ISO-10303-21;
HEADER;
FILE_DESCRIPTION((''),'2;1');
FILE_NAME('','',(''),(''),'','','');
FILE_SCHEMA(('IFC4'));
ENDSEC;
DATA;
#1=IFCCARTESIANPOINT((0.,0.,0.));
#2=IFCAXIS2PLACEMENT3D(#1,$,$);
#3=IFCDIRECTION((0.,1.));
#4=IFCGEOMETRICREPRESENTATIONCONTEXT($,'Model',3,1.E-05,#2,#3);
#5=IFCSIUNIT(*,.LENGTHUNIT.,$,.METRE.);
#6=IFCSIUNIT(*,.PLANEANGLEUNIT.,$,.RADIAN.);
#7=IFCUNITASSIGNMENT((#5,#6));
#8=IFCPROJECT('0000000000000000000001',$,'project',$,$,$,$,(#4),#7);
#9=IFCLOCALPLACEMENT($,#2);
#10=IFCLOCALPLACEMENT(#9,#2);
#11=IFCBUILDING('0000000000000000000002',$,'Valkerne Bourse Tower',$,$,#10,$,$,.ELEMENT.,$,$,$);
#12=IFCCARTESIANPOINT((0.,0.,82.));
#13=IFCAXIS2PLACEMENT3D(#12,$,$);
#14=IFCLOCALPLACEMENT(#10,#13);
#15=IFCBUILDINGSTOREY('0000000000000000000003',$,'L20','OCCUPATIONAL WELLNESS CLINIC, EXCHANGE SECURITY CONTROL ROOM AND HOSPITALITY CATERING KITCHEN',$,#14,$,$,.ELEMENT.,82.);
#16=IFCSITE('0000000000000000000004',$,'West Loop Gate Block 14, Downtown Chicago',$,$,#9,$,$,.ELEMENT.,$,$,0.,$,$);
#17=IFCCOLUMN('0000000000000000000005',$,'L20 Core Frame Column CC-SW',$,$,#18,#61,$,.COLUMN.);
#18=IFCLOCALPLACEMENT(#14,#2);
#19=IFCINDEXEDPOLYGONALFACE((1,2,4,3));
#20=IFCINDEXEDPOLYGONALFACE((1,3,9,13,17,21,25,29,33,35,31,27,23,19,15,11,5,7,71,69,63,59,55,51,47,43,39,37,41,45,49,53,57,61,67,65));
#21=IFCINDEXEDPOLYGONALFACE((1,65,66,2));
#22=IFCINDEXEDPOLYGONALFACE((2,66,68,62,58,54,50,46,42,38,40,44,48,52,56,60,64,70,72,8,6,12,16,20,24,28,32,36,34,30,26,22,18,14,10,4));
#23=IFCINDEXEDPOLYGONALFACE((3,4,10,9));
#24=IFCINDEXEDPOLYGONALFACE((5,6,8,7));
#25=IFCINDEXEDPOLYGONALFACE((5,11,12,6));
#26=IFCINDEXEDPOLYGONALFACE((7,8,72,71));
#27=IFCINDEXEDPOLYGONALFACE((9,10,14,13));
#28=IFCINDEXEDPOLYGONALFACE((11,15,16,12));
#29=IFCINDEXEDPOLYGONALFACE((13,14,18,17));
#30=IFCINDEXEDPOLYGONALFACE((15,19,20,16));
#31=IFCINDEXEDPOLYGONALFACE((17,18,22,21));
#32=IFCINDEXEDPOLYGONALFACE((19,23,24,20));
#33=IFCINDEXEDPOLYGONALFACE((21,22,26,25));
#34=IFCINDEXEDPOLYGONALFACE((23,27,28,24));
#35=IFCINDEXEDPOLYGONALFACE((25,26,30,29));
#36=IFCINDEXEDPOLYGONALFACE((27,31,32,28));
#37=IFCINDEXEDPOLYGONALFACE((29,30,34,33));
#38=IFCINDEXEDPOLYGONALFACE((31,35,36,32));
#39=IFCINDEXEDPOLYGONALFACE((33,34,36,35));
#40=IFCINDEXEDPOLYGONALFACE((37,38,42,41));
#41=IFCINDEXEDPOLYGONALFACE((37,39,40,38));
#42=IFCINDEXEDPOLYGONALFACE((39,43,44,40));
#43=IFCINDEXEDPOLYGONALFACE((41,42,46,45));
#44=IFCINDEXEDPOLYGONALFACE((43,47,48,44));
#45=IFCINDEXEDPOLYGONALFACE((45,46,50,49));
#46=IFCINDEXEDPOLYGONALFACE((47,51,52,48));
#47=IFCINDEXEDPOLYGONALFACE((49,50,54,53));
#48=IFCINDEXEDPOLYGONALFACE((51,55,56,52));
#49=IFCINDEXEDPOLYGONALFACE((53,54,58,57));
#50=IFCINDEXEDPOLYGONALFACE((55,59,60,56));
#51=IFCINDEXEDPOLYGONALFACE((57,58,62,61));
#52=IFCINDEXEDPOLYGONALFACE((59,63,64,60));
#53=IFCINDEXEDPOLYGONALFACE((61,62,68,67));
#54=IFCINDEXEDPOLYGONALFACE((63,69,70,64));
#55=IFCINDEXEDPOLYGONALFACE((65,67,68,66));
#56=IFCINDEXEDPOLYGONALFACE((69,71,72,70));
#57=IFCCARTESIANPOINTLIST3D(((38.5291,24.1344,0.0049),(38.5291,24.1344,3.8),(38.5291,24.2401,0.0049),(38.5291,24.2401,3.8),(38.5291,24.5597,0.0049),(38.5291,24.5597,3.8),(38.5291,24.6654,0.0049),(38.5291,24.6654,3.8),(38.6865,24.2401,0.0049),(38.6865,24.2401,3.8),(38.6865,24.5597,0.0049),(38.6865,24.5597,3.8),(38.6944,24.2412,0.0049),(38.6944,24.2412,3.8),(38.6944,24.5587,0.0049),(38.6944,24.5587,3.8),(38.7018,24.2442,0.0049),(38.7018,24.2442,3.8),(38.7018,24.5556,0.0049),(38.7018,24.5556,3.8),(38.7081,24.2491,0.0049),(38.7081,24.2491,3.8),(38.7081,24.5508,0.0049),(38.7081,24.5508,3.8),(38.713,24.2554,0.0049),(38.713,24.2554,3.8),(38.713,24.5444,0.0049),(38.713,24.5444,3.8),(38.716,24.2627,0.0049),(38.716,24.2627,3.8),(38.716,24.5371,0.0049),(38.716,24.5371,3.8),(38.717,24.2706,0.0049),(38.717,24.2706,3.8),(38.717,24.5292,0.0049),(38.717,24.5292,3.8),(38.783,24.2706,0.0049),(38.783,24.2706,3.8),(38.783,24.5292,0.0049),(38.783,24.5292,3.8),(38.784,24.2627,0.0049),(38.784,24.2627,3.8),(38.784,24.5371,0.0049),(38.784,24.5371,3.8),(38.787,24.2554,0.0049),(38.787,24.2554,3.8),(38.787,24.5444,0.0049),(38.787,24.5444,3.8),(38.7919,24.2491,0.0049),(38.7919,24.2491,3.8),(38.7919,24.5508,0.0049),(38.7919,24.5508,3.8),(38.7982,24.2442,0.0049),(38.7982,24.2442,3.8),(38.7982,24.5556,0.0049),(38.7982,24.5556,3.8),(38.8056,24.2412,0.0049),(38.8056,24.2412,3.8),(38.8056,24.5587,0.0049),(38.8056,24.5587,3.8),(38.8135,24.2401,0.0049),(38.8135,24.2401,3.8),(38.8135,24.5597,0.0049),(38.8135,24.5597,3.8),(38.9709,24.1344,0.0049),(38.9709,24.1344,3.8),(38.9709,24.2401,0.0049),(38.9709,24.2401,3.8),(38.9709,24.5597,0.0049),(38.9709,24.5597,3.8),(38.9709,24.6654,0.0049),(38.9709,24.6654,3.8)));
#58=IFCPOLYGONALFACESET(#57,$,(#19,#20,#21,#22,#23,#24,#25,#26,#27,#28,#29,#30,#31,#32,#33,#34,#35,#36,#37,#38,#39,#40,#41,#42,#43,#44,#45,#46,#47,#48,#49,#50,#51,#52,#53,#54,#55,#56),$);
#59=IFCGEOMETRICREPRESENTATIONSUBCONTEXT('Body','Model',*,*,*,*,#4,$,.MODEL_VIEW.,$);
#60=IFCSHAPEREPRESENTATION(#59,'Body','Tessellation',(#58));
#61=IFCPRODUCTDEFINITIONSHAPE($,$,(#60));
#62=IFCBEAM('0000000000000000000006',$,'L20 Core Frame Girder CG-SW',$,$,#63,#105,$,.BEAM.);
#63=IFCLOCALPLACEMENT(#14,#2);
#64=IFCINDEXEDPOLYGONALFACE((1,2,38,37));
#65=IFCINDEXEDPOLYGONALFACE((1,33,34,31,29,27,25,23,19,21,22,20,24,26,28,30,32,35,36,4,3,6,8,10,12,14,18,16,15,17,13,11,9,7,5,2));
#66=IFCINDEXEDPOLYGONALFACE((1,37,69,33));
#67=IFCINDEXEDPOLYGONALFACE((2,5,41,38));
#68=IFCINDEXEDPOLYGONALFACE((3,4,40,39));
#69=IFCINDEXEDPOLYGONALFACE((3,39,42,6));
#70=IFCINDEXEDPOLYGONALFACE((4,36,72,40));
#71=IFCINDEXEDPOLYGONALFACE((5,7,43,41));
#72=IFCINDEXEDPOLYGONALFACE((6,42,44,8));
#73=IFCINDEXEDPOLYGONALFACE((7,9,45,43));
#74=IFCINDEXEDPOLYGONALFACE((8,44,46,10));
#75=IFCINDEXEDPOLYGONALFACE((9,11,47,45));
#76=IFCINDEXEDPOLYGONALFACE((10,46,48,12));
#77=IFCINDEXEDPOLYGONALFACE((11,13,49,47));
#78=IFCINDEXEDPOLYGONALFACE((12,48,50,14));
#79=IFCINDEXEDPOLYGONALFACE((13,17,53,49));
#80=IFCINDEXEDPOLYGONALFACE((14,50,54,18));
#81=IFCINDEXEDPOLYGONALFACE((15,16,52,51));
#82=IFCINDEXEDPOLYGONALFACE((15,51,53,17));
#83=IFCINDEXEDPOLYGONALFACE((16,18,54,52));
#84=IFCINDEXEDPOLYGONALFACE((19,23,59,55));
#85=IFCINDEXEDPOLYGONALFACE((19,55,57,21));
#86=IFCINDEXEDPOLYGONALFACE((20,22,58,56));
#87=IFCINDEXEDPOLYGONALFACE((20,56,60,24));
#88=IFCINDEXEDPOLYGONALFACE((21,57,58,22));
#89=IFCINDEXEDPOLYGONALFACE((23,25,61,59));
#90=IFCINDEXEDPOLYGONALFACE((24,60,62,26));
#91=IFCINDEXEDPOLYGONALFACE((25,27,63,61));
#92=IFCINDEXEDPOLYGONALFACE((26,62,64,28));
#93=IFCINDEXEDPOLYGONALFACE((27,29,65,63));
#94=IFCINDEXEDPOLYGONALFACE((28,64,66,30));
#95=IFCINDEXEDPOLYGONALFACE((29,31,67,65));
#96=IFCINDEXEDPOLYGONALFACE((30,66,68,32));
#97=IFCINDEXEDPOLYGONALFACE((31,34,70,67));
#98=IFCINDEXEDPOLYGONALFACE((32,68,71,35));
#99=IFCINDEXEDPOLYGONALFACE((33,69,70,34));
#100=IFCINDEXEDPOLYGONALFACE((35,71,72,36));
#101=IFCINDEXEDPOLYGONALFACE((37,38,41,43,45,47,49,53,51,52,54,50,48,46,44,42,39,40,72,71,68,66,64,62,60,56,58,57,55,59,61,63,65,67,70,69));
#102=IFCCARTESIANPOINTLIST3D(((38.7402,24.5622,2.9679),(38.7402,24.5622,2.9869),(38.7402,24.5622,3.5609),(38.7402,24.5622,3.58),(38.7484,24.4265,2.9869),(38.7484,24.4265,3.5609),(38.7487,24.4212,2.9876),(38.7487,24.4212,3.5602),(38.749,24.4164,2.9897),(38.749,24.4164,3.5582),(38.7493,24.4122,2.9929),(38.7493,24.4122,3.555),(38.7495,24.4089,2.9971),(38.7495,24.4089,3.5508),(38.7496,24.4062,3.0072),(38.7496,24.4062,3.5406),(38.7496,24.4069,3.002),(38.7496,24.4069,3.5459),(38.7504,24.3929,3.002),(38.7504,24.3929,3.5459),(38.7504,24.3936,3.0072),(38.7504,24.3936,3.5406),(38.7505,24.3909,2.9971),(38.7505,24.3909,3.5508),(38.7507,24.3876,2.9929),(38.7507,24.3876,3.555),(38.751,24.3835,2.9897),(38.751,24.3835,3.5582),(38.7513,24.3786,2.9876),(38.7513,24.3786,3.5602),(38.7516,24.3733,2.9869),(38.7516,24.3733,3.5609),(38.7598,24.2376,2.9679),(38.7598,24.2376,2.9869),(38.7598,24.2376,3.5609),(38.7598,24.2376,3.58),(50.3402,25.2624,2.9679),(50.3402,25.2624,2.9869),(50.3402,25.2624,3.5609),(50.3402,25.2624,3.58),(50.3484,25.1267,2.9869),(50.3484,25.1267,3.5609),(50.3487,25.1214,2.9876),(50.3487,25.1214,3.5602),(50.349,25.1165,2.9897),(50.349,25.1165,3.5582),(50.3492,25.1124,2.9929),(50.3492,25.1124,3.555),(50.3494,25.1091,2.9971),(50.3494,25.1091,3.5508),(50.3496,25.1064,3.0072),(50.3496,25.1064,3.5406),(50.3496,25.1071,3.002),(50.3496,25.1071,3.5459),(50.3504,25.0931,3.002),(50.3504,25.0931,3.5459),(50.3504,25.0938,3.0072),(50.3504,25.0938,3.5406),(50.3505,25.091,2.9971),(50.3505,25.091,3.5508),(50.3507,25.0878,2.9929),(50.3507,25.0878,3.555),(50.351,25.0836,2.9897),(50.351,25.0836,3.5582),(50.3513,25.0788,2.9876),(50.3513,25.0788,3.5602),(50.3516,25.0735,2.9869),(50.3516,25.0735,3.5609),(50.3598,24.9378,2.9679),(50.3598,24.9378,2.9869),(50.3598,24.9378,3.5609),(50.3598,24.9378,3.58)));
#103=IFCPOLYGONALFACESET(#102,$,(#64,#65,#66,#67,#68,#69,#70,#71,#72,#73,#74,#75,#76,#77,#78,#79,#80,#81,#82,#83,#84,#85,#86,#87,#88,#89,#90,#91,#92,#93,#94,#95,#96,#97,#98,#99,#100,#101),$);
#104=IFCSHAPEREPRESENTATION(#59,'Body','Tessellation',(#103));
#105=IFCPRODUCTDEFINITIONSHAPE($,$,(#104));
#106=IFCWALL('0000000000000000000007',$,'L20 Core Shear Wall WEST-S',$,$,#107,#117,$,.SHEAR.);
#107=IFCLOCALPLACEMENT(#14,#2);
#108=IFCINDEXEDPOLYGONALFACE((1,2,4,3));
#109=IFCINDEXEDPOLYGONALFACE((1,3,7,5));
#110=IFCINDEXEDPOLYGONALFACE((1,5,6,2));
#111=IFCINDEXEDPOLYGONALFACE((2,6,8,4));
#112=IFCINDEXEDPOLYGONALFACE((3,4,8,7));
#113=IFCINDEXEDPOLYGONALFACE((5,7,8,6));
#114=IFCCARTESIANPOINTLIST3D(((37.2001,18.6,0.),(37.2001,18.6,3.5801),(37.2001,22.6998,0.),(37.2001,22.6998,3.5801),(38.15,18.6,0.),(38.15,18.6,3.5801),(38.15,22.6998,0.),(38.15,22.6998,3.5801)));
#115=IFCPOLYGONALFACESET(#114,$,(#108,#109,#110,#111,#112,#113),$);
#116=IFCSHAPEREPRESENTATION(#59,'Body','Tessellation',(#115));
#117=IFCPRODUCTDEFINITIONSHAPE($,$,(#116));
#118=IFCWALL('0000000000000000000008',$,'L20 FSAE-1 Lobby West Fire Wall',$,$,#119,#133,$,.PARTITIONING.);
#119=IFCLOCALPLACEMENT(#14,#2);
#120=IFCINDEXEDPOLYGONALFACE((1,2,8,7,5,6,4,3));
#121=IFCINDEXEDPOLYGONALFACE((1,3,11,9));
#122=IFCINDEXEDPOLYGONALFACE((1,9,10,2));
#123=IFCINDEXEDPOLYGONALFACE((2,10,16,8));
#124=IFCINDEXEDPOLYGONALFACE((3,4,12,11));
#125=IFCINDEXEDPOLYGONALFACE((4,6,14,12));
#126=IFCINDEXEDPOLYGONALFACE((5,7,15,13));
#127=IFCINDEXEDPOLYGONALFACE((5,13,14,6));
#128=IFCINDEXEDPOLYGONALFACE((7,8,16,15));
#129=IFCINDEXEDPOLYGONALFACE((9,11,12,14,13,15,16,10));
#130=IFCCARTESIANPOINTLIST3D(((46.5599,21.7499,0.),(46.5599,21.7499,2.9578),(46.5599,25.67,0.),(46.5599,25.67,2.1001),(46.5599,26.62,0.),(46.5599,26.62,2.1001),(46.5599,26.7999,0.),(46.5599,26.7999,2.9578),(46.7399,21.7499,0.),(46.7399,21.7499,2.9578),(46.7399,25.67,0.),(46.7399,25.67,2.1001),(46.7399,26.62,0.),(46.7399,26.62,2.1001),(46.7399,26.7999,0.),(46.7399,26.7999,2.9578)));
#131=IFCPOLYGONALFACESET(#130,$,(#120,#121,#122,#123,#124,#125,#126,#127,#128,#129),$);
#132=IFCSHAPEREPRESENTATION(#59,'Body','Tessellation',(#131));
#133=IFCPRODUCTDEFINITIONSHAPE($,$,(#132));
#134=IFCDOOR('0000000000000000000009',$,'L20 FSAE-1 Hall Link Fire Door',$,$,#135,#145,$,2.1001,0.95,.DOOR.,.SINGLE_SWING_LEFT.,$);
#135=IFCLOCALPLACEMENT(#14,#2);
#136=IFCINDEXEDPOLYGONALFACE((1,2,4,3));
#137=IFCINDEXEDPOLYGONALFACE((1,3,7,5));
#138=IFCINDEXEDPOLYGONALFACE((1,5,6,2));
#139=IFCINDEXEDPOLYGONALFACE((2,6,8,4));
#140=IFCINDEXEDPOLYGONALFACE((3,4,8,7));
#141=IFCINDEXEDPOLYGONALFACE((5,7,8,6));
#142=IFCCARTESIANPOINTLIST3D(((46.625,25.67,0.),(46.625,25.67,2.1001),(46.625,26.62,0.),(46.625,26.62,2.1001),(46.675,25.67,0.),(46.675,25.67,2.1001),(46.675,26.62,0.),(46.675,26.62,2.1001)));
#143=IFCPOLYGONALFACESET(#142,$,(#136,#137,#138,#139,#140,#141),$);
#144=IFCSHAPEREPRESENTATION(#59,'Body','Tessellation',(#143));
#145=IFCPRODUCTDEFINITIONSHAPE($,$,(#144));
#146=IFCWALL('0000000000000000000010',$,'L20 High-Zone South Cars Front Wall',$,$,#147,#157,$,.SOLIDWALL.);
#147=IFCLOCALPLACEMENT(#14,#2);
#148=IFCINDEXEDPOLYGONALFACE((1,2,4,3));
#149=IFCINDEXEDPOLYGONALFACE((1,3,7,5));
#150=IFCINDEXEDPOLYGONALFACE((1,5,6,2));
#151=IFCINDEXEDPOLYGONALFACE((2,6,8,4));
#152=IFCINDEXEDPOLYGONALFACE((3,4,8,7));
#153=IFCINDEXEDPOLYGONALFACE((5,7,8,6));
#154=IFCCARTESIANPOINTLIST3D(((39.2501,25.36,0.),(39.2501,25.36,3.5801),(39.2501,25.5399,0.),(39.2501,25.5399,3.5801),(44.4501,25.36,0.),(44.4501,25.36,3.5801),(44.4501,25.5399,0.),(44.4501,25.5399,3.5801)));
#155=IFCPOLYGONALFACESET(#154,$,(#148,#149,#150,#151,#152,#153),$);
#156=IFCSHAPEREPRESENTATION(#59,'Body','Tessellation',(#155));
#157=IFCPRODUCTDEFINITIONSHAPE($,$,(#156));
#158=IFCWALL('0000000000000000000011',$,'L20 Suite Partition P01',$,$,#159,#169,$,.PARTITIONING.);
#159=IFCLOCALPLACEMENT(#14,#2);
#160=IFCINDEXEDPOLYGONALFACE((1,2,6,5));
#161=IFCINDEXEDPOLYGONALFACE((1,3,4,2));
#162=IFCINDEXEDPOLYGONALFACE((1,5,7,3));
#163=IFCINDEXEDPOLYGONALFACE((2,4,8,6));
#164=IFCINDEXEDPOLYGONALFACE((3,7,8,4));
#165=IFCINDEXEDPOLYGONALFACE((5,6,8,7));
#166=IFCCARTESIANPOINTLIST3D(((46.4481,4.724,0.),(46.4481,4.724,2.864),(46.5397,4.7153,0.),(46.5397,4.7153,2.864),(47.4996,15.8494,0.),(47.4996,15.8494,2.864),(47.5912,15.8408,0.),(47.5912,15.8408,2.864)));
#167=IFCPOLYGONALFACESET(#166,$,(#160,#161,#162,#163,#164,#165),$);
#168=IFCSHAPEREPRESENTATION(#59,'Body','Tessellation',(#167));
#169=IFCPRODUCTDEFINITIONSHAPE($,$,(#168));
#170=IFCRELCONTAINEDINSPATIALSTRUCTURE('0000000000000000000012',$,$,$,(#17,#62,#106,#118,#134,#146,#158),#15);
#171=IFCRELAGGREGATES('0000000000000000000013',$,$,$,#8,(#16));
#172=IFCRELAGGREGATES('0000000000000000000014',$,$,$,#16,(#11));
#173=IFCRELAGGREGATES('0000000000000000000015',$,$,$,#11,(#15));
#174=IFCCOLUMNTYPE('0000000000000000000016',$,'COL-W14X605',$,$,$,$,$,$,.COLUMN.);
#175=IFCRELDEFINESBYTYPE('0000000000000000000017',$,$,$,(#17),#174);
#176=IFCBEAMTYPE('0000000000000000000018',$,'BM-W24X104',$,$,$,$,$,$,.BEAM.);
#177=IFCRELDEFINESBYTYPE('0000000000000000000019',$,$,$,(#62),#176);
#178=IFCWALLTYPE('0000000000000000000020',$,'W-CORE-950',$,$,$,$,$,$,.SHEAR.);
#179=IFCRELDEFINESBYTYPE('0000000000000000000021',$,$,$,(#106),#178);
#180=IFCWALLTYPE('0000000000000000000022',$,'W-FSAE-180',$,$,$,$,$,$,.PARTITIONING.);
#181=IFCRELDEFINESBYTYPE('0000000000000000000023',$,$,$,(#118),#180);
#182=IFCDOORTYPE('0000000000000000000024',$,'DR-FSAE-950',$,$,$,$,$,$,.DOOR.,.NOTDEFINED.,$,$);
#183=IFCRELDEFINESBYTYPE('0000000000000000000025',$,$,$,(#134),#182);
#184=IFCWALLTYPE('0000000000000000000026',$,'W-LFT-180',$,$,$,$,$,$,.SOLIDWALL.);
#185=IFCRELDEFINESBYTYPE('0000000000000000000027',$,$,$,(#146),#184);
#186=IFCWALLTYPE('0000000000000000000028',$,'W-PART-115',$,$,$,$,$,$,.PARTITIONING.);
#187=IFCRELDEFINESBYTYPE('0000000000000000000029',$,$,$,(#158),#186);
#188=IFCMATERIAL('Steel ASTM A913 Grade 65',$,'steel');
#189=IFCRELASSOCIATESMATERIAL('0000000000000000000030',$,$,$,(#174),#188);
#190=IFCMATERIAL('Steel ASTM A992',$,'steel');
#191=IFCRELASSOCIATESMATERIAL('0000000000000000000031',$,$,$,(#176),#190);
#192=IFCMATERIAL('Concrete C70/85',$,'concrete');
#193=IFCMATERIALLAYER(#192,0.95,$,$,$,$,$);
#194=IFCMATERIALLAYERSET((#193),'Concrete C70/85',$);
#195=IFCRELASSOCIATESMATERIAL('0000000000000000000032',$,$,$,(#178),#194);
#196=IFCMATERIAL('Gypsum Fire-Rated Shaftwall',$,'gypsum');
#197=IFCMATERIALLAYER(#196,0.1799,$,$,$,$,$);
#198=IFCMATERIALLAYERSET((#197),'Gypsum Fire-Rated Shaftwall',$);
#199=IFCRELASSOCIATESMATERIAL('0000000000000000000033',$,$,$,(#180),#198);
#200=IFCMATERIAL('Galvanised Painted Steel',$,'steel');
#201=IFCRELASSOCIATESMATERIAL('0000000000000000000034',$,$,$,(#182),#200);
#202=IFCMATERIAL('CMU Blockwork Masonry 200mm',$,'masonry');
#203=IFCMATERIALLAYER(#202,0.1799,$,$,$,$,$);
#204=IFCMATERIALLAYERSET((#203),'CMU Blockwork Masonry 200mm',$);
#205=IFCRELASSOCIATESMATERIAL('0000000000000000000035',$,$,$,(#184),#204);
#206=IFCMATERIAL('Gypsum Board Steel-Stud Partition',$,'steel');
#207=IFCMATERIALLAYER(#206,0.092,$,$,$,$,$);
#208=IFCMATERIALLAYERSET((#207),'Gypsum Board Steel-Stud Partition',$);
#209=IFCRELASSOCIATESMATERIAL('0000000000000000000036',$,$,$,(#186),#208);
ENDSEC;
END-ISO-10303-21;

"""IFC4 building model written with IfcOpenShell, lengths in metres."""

from ifc_helpers import new_model, si_unit, direction, frame, frame_2d, origin, origin_2d, place, context, subcontext, project, spatial, rectangle, i_section, extrude, material, layer, layer_set, material_profile, profile_set, type_object, element, fill, save


model = new_model("IFC4")

# Units and contexts
model_context = context("Model", 3, precision=1e-05, world=origin(), true_north=direction((0.0, 1.0)))
body_context = subcontext(model_context, "Body", "Model", "MODEL_VIEW")
ifc_project = project(units=[si_unit("LENGTHUNIT", "METRE"), si_unit("PLANEANGLEUNIT", "RADIAN")], contexts=[model_context])

# Site, building, storey
site_placement = place(None, origin())
site = spatial("IfcSite", under=ifc_project, at=site_placement, Name="West Loop Gate Block 14, Downtown Chicago", CompositionType="ELEMENT", RefElevation=0.0)
building_placement = place(site_placement, origin())
building = spatial("IfcBuilding", under=site, at=building_placement, Name="Valkerne Bourse Tower", CompositionType="ELEMENT")
storey_placement = place(building_placement, frame((0.0, 0.0, 82.0)))
storey = spatial("IfcBuildingStorey", under=building, at=storey_placement, Name="L20", Description="OCCUPATIONAL WELLNESS CLINIC, EXCHANGE SECURITY CONTROL ROOM AND HOSPITALITY CATERING KITCHEN", CompositionType="ELEMENT", Elevation=82.0)

# Column
ifc_material_1 = material(Name="Steel ASTM A913 Grade 65", Category="steel")
ifc_material_profile_1 = material_profile(ifc_material_1, i_section(OverallWidth=0.4419, OverallDepth=0.531, WebThickness=0.0659, FlangeThickness=0.1057, FilletRadius=0.0305, at=origin_2d()), Name="W14X605")
ifc_profile_set_1 = profile_set([ifc_material_profile_1], Name="Steel ASTM A913 Grade 65")
column_type = type_object("IfcColumnType", Name="COL-W14X605", PredefinedType="COLUMN", material=ifc_profile_set_1)
column_placement = place(storey_placement, frame((38.75, 24.3999, 0.0049), z_axis=(0.0, 0.0, 1.0), x_axis=(1.0, 0.0, 0.0)))
element("IfcColumn", 1, at=column_placement, inside=storey, type_object=column_type, Name="L20 Core Frame Column CC-SW", PredefinedType="COLUMN", context=body_context, shape_type="SweptSolid", body=[
    extrude(i_section(OverallWidth=0.4419, OverallDepth=0.531, WebThickness=0.0659, FlangeThickness=0.1057, FilletRadius=0.0305, at=origin_2d()), origin(), (0.0, 0.0, 1.0), 3.7952),
])

# Beam
ifc_material_2 = material(Name="Steel ASTM A992", Category="steel")
ifc_material_profile_2 = material_profile(ifc_material_2, i_section(OverallWidth=0.3252, OverallDepth=0.6121, WebThickness=0.0127, FlangeThickness=0.019, FilletRadius=0.0203, at=origin_2d()), Name="W24X104")
ifc_profile_set_2 = profile_set([ifc_material_profile_2], Name="Steel ASTM A992")
beam_type = type_object("IfcBeamType", Name="BM-W24X104", PredefinedType="BEAM", material=ifc_profile_set_2)
beam_placement = place(storey_placement, frame((38.75, 24.3999, 3.2739), z_axis=(0.998183, 0.060251, 0.0), x_axis=(-0.060251, 0.998183, 0.0)))
element("IfcBeam", 2, at=beam_placement, inside=storey, type_object=beam_type, Name="L20 Core Frame Girder CG-SW", PredefinedType="BEAM", context=body_context, shape_type="SweptSolid", body=[
    extrude(i_section(OverallWidth=0.3252, OverallDepth=0.6121, WebThickness=0.0127, FlangeThickness=0.019, FilletRadius=0.0203, at=origin_2d()), origin(), (0.0, 0.0, 1.0), 11.6211),
])

# Wall
ifc_material_3 = material(Name="Concrete C70/85", Category="concrete")
ifc_layer_1 = layer(ifc_material_3, 0.95)
ifc_layer_set_1 = layer_set([ifc_layer_1], Name="Concrete C70/85")
wall_type_1 = type_object("IfcWallType", Name="W-CORE-950", PredefinedType="SHEAR", material=ifc_layer_set_1)
wall_1_placement = place(storey_placement, frame((37.675, 18.6001, 0.0), z_axis=(0.0, 0.0, 1.0), x_axis=(0.0, 1.0, 0.0)))
element("IfcWall", 3, at=wall_1_placement, inside=storey, type_object=wall_type_1, Name="L20 Core Shear Wall WEST-S", PredefinedType="SHEAR", context=body_context, shape_type="SweptSolid", body=[
    extrude(rectangle(XDim=4.0999, YDim=0.95, at=frame_2d((2.0498, 0.0))), origin(), (0.0, 0.0, 1.0), 3.5801),
])

# Wall, opening, door
ifc_material_4 = material(Name="Gypsum Fire-Rated Shaftwall", Category="gypsum")
ifc_layer_2 = layer(ifc_material_4, 0.1799)
ifc_layer_set_2 = layer_set([ifc_layer_2], Name="Gypsum Fire-Rated Shaftwall")
wall_type_2 = type_object("IfcWallType", Name="W-FSAE-180", PredefinedType="PARTITIONING", material=ifc_layer_set_2)
wall_2_placement = place(storey_placement, frame((46.6499, 21.75, 0.0), z_axis=(0.0, 0.0, 1.0), x_axis=(0.0, 1.0, 0.0)))
wall_2 = element("IfcWall", 4, at=wall_2_placement, inside=storey, type_object=wall_type_2, Name="L20 FSAE-1 Lobby West Fire Wall", PredefinedType="PARTITIONING", context=body_context, shape_type="SweptSolid", body=[
    extrude(rectangle(XDim=5.05, YDim=0.1799, at=frame_2d((2.5249, 0.0))), origin(), (0.0, 0.0, 1.0), 2.9578),
])
opening_1_placement = place(wall_2_placement, frame((3.9199, 0.0, 0.0)))
opening_1 = element("IfcOpeningElement", 5, at=opening_1_placement, cuts=wall_2, PredefinedType="OPENING", context=body_context, shape_type="SweptSolid", body=[
    extrude(rectangle(XDim=0.95, YDim=2.1001, at=frame_2d((0.4751, 1.05))), frame((0.0, 0.0999, 0.0), z_axis=(0.0, -1.0, 0.0), x_axis=(1.0, 0.0, 0.0)), (0.0, 0.0, 1.0), 0.2),
])
ifc_material_5 = material(Name="Galvanised Painted Steel", Category="steel")
door_type_1 = type_object("IfcDoorType", Name="DR-FSAE-950", OperationType="NOTDEFINED", PredefinedType="DOOR", material=ifc_material_5)
door_1_placement = place(opening_1_placement, origin())
door_1 = element("IfcDoor", 6, at=door_1_placement, inside=storey, type_object=door_type_1, Name="L20 FSAE-1 Hall Link Fire Door", OperationType="SINGLE_SWING_LEFT", OverallHeight=2.1001, OverallWidth=0.95, PredefinedType="DOOR", context=body_context, shape_type="SweptSolid", body=[
    extrude(rectangle(XDim=0.95, YDim=2.1001, at=frame_2d((0.4751, 1.05))), frame((0.0, 0.0249, 0.0), z_axis=(0.0, -1.0, 0.0), x_axis=(1.0, 0.0, 0.0)), (0.0, 0.0, 1.0), 0.05),
])
fill(opening_1, door_1)

# Shared definitions
ifc_material_6 = material(Name="CMU Blockwork Masonry 200mm", Category="masonry")
ifc_layer_3 = layer(ifc_material_6, 0.1799)
ifc_layer_set_3 = layer_set([ifc_layer_3], Name="CMU Blockwork Masonry 200mm")
wall_type_3 = type_object("IfcWallType", Name="W-LFT-180", PredefinedType="SOLIDWALL", material=ifc_layer_set_3)

# Walls
wall_3_placement = place(storey_placement, frame((39.25, 25.45, 0.0), z_axis=(0.0, 0.0, 1.0), x_axis=(1.0, 0.0, 0.0)))
element("IfcWall", 7, at=wall_3_placement, inside=storey, type_object=wall_type_3, Name="L20 High-Zone South Cars Front Wall", PredefinedType="SOLIDWALL", context=body_context, shape_type="SweptSolid", body=[
    extrude(rectangle(XDim=5.2, YDim=0.1799, at=frame_2d((2.6001, 0.0))), origin(), (0.0, 0.0, 1.0), 3.5801),
])
ifc_material_7 = material(Name="Gypsum Board Steel-Stud Partition", Category="steel")
ifc_layer_4 = layer(ifc_material_7, 0.092)
ifc_layer_set_4 = layer_set([ifc_layer_4], Name="Gypsum Board Steel-Stud Partition")
wall_type_4 = type_object("IfcWallType", Name="W-PART-115", PredefinedType="PARTITIONING", material=ifc_layer_set_4)
wall_4_placement = place(storey_placement, frame((47.5454, 15.845, 0.0), z_axis=(0.0, 0.0, 1.0), x_axis=(-0.094095, -0.995563, 0.0)))
element("IfcWall", 8, at=wall_4_placement, inside=storey, type_object=wall_type_4, Name="L20 Suite Partition P01", PredefinedType="PARTITIONING", context=body_context, shape_type="SweptSolid", body=[
    extrude(rectangle(XDim=11.175, YDim=0.092, at=frame_2d((5.5874, 0.0))), origin(), (0.0, 0.0, 1.0), 2.864),
])

save(model, "model.ifc")
